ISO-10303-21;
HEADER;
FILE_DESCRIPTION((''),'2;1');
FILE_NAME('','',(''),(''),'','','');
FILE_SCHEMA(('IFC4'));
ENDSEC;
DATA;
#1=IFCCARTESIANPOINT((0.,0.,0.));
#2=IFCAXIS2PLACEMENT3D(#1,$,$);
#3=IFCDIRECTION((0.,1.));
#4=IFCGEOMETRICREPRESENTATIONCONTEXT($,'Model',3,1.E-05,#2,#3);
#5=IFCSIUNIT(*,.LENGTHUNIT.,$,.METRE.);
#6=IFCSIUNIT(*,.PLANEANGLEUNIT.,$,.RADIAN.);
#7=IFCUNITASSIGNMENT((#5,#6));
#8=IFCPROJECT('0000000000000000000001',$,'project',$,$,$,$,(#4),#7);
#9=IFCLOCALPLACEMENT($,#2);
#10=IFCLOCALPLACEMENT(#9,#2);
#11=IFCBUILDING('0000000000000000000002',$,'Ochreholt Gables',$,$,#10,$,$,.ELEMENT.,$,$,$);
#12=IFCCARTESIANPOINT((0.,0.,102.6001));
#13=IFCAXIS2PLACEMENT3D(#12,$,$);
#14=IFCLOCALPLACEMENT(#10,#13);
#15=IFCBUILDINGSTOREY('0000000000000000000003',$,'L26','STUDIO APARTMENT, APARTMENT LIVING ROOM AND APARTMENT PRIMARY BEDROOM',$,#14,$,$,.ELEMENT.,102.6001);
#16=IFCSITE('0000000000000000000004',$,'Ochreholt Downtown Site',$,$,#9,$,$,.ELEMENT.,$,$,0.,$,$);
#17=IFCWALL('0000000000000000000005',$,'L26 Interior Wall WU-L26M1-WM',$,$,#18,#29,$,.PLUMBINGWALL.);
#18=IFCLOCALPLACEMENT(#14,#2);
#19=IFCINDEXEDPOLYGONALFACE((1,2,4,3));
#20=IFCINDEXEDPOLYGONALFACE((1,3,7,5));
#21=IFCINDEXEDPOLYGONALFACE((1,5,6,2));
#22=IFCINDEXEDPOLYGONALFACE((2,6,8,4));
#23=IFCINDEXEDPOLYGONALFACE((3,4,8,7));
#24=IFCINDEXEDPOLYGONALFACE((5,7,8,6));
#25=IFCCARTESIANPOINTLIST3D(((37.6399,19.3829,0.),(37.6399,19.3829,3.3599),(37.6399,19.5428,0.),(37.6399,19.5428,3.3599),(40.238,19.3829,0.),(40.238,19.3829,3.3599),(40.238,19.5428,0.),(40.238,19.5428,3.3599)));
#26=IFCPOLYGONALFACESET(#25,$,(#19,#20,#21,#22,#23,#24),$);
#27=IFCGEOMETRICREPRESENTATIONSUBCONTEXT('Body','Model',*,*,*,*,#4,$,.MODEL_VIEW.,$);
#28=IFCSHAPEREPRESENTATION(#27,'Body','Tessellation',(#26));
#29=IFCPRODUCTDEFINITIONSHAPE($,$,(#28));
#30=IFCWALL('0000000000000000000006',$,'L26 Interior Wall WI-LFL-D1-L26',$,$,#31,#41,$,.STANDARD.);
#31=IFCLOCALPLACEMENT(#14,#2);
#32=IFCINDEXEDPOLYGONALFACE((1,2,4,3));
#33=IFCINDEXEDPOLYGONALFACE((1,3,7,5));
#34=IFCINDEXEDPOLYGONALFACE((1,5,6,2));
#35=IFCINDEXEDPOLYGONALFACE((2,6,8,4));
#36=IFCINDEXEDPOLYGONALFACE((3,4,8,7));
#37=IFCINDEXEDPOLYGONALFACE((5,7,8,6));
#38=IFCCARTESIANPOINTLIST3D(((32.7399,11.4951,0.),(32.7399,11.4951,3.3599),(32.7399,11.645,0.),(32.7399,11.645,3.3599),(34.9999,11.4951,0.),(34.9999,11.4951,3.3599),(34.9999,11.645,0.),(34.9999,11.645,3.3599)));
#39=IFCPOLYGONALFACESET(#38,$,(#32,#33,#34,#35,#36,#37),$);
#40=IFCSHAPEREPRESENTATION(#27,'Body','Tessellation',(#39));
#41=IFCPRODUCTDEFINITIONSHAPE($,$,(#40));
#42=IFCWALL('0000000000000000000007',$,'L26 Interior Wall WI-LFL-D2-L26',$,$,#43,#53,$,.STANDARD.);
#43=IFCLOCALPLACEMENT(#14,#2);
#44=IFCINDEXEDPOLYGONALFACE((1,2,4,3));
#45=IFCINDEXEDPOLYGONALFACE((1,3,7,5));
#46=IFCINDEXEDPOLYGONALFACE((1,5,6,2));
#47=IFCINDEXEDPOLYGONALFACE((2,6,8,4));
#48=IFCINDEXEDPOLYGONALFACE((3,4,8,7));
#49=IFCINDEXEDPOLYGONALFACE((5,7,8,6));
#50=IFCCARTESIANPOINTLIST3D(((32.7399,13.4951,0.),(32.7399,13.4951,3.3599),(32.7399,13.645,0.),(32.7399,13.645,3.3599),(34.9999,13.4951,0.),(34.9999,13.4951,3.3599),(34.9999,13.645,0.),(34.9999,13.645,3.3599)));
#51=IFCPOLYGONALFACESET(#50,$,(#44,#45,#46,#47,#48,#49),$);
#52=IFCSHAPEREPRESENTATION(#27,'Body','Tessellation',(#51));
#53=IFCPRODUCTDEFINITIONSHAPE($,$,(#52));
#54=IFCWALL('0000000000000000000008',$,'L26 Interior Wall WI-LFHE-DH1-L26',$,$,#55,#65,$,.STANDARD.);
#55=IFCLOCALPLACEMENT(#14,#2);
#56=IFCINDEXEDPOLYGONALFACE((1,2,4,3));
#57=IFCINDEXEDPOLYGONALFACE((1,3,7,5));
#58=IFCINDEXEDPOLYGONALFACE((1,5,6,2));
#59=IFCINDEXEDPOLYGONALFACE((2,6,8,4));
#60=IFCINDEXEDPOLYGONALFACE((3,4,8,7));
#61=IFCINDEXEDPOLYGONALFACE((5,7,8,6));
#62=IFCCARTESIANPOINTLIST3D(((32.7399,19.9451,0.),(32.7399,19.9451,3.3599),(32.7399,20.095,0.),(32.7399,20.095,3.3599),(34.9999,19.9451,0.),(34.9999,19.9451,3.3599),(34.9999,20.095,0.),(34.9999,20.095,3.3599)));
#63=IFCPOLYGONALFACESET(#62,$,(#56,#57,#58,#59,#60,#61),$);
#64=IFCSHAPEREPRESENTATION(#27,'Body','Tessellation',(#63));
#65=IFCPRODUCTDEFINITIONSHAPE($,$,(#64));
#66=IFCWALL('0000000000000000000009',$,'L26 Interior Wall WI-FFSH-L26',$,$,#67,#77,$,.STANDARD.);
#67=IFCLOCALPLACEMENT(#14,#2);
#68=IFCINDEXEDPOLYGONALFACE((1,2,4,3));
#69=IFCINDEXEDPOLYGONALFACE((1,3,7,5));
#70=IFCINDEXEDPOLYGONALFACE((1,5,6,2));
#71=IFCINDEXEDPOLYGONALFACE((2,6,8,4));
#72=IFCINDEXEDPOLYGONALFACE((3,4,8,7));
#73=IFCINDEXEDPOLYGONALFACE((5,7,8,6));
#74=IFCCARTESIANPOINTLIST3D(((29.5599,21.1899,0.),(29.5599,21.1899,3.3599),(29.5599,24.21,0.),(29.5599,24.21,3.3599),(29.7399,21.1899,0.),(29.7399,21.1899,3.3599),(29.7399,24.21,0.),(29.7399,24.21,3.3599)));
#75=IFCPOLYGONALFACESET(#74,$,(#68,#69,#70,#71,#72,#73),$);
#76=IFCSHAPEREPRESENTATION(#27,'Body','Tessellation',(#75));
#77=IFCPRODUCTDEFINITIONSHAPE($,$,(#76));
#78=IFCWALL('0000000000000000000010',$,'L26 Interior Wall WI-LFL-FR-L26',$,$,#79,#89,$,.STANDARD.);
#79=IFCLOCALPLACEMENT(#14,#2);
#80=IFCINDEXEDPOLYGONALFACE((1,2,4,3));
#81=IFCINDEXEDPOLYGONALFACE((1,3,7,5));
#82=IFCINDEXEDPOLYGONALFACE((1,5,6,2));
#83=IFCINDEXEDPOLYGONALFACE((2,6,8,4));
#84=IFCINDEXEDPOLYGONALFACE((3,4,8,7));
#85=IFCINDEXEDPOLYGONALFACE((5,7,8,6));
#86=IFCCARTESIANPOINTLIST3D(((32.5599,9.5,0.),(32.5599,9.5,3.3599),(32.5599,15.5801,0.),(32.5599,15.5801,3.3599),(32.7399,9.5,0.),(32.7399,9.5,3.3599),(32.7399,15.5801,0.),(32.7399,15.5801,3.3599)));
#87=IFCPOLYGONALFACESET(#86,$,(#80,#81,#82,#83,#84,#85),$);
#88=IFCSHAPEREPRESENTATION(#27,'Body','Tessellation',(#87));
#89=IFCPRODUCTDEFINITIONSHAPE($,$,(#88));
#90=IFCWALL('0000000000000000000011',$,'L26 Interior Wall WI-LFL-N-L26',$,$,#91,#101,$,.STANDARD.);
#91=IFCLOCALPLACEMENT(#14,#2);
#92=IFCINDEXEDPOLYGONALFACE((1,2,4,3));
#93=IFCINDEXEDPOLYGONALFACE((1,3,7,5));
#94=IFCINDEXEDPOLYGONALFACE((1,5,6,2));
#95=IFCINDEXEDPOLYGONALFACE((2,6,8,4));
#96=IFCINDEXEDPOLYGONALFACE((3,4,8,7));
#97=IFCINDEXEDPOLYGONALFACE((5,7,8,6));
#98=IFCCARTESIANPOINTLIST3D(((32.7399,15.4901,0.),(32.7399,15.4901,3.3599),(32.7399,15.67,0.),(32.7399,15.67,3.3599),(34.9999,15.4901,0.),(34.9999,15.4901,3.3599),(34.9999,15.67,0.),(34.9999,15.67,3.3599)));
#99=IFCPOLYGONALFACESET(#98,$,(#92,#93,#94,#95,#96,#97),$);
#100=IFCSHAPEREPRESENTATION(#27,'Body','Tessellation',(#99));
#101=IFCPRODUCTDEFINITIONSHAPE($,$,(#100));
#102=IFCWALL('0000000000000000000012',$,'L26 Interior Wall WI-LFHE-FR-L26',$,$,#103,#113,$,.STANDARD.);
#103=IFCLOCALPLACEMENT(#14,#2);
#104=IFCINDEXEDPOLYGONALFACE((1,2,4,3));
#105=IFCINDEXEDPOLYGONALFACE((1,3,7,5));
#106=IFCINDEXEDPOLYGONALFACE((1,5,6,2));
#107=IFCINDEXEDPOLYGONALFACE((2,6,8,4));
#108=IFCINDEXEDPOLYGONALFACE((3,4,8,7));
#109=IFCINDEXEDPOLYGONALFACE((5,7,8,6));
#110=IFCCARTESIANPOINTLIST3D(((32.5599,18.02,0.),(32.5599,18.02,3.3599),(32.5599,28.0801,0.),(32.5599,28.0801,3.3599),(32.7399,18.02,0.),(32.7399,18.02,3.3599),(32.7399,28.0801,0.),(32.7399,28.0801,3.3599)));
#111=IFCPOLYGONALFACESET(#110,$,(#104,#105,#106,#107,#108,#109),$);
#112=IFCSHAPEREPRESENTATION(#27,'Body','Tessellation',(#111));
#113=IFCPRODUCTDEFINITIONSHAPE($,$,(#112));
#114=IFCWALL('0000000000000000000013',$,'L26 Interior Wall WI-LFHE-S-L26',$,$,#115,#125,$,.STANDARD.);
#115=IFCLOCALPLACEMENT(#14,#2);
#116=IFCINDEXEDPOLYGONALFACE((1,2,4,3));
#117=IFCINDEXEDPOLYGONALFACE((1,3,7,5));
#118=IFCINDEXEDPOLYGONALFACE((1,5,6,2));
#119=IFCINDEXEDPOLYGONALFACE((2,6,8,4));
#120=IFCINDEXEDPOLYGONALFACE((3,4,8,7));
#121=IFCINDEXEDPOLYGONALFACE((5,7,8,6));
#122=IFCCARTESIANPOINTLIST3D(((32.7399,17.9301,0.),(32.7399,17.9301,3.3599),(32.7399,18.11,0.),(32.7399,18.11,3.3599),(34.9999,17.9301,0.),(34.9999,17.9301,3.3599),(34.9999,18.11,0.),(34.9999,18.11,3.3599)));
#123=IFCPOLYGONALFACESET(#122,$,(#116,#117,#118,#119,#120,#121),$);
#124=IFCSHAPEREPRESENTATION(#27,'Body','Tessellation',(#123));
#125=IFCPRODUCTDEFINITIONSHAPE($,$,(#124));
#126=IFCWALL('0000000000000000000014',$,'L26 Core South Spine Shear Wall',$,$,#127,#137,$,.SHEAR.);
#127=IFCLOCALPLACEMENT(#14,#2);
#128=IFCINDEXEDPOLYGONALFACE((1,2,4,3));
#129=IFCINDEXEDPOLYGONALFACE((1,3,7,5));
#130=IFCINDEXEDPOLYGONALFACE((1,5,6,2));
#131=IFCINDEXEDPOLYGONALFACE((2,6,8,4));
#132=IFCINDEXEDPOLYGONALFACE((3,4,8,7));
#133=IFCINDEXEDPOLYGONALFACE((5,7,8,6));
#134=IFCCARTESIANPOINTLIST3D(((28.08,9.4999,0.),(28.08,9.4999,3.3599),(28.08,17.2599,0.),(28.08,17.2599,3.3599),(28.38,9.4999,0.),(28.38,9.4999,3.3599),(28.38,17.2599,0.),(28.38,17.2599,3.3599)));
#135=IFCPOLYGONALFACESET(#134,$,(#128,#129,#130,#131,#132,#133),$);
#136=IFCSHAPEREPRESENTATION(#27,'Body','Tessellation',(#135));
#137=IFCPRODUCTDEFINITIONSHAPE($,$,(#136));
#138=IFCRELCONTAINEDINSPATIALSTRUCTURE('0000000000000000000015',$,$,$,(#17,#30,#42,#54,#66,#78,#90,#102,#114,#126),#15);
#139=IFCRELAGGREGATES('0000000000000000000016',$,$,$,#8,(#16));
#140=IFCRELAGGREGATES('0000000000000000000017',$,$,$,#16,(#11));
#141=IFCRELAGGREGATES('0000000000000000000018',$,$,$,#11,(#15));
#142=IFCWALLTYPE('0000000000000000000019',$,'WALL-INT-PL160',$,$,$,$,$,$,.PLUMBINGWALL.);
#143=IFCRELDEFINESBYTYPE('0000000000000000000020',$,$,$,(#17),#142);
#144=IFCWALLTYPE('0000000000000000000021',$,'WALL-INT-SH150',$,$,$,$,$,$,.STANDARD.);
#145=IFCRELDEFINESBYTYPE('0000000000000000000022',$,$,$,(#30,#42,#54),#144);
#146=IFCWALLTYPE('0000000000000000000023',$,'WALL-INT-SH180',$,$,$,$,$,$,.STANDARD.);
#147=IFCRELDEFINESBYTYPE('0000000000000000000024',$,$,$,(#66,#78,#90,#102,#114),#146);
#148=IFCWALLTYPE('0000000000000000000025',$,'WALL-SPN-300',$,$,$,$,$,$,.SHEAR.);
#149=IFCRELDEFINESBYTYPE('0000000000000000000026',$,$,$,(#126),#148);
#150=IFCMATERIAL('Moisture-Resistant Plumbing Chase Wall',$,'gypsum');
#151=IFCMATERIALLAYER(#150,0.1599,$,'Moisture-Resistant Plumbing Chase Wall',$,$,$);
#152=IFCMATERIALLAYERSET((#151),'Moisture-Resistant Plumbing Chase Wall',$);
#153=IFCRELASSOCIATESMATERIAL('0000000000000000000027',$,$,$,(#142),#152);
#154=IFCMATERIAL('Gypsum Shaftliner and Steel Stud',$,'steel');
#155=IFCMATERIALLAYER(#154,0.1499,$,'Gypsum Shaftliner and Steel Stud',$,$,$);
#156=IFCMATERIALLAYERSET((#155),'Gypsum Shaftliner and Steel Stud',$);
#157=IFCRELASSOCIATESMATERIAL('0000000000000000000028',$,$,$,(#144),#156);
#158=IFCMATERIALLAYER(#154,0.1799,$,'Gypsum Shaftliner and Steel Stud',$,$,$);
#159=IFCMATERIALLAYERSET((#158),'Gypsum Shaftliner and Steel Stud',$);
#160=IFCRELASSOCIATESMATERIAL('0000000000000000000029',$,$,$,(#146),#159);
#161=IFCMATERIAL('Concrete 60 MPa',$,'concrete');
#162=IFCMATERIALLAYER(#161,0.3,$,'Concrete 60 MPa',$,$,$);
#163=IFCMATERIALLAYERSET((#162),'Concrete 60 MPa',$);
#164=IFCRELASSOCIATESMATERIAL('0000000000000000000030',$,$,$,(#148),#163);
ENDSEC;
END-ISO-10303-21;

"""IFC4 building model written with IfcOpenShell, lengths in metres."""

from ifc_helpers import new_model, si_unit, direction, frame, frame_2d, origin, place, context, subcontext, project, spatial, rectangle, extrude, material, layer, layer_set, type_object, element, save


model = new_model("IFC4")

# Units and contexts
model_context = context("Model", 3, precision=1e-05, world=origin(), true_north=direction((0.0, 1.0)))
body_context = subcontext(model_context, "Body", "Model", "MODEL_VIEW")
ifc_project = project(units=[si_unit("LENGTHUNIT", "METRE"), si_unit("PLANEANGLEUNIT", "RADIAN")], contexts=[model_context])

# Site, building, storey
site_placement = place(None, origin())
site = spatial("IfcSite", under=ifc_project, at=site_placement, Name="Ochreholt Downtown Site", CompositionType="ELEMENT", RefElevation=0.0)
building_placement = place(site_placement, origin())
building = spatial("IfcBuilding", under=site, at=building_placement, Name="Ochreholt Gables", CompositionType="ELEMENT")
storey_placement = place(building_placement, frame((0.0, 0.0, 102.6001)))
storey = spatial("IfcBuildingStorey", under=building, at=storey_placement, Name="L26", Description="STUDIO APARTMENT, APARTMENT LIVING ROOM AND APARTMENT PRIMARY BEDROOM", CompositionType="ELEMENT", Elevation=102.6001)

# Shared definitions
ifc_material_1 = material(Name="Concrete 60 MPa", Category="concrete")

# Shared definitions
ifc_material_2 = material(Name="Moisture-Resistant Plumbing Chase Wall", Category="gypsum")
ifc_layer_1 = layer(ifc_material_2, 0.1599, Name="Moisture-Resistant Plumbing Chase Wall")
ifc_layer_set_1 = layer_set([ifc_layer_1], Name="Moisture-Resistant Plumbing Chase Wall")
wall_type_1 = type_object("IfcWallType", Name="WALL-INT-PL160", PredefinedType="PLUMBINGWALL", material=ifc_layer_set_1)

# Walls
wall_1_placement = place(storey_placement, frame((37.6399, 19.4629, 0.0), z_axis=(0.0, 0.0, 1.0), x_axis=(1.0, 0.0, 0.0)))
element("IfcWall", 1, at=wall_1_placement, inside=storey, type_object=wall_type_1, Name="L26 Interior Wall WU-L26M1-WM", PredefinedType="PLUMBINGWALL", context=body_context, shape_type="SweptSolid", body=[
    extrude(rectangle(XDim=2.5981, YDim=0.1599, at=frame_2d((1.2991, 0.0))), origin(), (0.0, 0.0, 1.0), 3.3599),
])
ifc_material_3 = material(Name="Gypsum Shaftliner and Steel Stud", Category="steel")
ifc_layer_2 = layer(ifc_material_3, 0.1499, Name="Gypsum Shaftliner and Steel Stud")
ifc_layer_set_2 = layer_set([ifc_layer_2], Name="Gypsum Shaftliner and Steel Stud")
wall_type_2 = type_object("IfcWallType", Name="WALL-INT-SH150", PredefinedType="STANDARD", material=ifc_layer_set_2)
for number, where, z_axis, x_axis, name in (
    (2, (32.74, 11.5701, 0.0), (0.0, 0.0, 1.0), (1.0, 0.0, 0.0), "L26 Interior Wall WI-LFL-D1-L26"),
    (3, (32.74, 13.5701, 0.0), (0.0, 0.0, 1.0), (1.0, 0.0, 0.0), "L26 Interior Wall WI-LFL-D2-L26"),
    (4, (32.74, 20.02, 0.0), (0.0, 0.0, 1.0), (1.0, 0.0, 0.0), "L26 Interior Wall WI-LFHE-DH1-L26"),
):
    element("IfcWall", number, at=place(storey_placement, frame(where, z_axis=z_axis, x_axis=x_axis)), inside=storey, type_object=wall_type_2, Name=name, PredefinedType="STANDARD", context=body_context, shape_type="SweptSolid", body=[
        extrude(rectangle(XDim=2.26, YDim=0.1499, at=frame_2d((1.1299, 0.0))), origin(), (0.0, 0.0, 1.0), 3.3599),
    ])
ifc_layer_3 = layer(ifc_material_3, 0.1799, Name="Gypsum Shaftliner and Steel Stud")
ifc_layer_set_3 = layer_set([ifc_layer_3], Name="Gypsum Shaftliner and Steel Stud")
wall_type_3 = type_object("IfcWallType", Name="WALL-INT-SH180", PredefinedType="STANDARD", material=ifc_layer_set_3)
wall_2_placement = place(storey_placement, frame((29.6499, 21.1899, 0.0), z_axis=(0.0, 0.0, 1.0), x_axis=(0.0, 1.0, 0.0)))
element("IfcWall", 5, at=wall_2_placement, inside=storey, type_object=wall_type_3, Name="L26 Interior Wall WI-FFSH-L26", PredefinedType="STANDARD", context=body_context, shape_type="SweptSolid", body=[
    extrude(rectangle(XDim=3.02, YDim=0.1799, at=frame_2d((1.51, 0.0))), origin(), (0.0, 0.0, 1.0), 3.3599),
])
wall_3_placement = place(storey_placement, frame((32.6499, 9.5, 0.0), z_axis=(0.0, 0.0, 1.0), x_axis=(0.0, 1.0, 0.0)))
element("IfcWall", 6, at=wall_3_placement, inside=storey, type_object=wall_type_3, Name="L26 Interior Wall WI-LFL-FR-L26", PredefinedType="STANDARD", context=body_context, shape_type="SweptSolid", body=[
    extrude(rectangle(XDim=6.0801, YDim=0.1799, at=frame_2d((3.04, 0.0))), origin(), (0.0, 0.0, 1.0), 3.3599),
])
wall_4_placement = place(storey_placement, frame((32.74, 15.5801, 0.0), z_axis=(0.0, 0.0, 1.0), x_axis=(1.0, 0.0, 0.0)))
element("IfcWall", 7, at=wall_4_placement, inside=storey, type_object=wall_type_3, Name="L26 Interior Wall WI-LFL-N-L26", PredefinedType="STANDARD", context=body_context, shape_type="SweptSolid", body=[
    extrude(rectangle(XDim=2.26, YDim=0.1799, at=frame_2d((1.1299, 0.0))), origin(), (0.0, 0.0, 1.0), 3.3599),
])
wall_5_placement = place(storey_placement, frame((32.6499, 18.02, 0.0), z_axis=(0.0, 0.0, 1.0), x_axis=(0.0, 1.0, 0.0)))
element("IfcWall", 8, at=wall_5_placement, inside=storey, type_object=wall_type_3, Name="L26 Interior Wall WI-LFHE-FR-L26", PredefinedType="STANDARD", context=body_context, shape_type="SweptSolid", body=[
    extrude(rectangle(XDim=10.0601, YDim=0.1799, at=frame_2d((5.03, 0.0))), origin(), (0.0, 0.0, 1.0), 3.3599),
])
wall_6_placement = place(storey_placement, frame((32.74, 18.02, 0.0), z_axis=(0.0, 0.0, 1.0), x_axis=(1.0, 0.0, 0.0)))
element("IfcWall", 9, at=wall_6_placement, inside=storey, type_object=wall_type_3, Name="L26 Interior Wall WI-LFHE-S-L26", PredefinedType="STANDARD", context=body_context, shape_type="SweptSolid", body=[
    extrude(rectangle(XDim=2.26, YDim=0.1799, at=frame_2d((1.1299, 0.0))), origin(), (0.0, 0.0, 1.0), 3.3599),
])
ifc_layer_4 = layer(ifc_material_1, 0.3, Name="Concrete 60 MPa")
ifc_layer_set_4 = layer_set([ifc_layer_4], Name="Concrete 60 MPa")
wall_type_4 = type_object("IfcWallType", Name="WALL-SPN-300", PredefinedType="SHEAR", material=ifc_layer_set_4)
wall_7_placement = place(storey_placement, frame((28.23, 9.5, 0.0), z_axis=(0.0, 0.0, 1.0), x_axis=(0.0, 1.0, 0.0)))
element("IfcWall", 10, at=wall_7_placement, inside=storey, type_object=wall_type_4, Name="L26 Core South Spine Shear Wall", PredefinedType="SHEAR", context=body_context, shape_type="SweptSolid", body=[
    extrude(rectangle(XDim=7.76, YDim=0.3, at=frame_2d((3.8799, 0.0))), origin(), (0.0, 0.0, 1.0), 3.3599),
])

save(model, "model.ifc")
